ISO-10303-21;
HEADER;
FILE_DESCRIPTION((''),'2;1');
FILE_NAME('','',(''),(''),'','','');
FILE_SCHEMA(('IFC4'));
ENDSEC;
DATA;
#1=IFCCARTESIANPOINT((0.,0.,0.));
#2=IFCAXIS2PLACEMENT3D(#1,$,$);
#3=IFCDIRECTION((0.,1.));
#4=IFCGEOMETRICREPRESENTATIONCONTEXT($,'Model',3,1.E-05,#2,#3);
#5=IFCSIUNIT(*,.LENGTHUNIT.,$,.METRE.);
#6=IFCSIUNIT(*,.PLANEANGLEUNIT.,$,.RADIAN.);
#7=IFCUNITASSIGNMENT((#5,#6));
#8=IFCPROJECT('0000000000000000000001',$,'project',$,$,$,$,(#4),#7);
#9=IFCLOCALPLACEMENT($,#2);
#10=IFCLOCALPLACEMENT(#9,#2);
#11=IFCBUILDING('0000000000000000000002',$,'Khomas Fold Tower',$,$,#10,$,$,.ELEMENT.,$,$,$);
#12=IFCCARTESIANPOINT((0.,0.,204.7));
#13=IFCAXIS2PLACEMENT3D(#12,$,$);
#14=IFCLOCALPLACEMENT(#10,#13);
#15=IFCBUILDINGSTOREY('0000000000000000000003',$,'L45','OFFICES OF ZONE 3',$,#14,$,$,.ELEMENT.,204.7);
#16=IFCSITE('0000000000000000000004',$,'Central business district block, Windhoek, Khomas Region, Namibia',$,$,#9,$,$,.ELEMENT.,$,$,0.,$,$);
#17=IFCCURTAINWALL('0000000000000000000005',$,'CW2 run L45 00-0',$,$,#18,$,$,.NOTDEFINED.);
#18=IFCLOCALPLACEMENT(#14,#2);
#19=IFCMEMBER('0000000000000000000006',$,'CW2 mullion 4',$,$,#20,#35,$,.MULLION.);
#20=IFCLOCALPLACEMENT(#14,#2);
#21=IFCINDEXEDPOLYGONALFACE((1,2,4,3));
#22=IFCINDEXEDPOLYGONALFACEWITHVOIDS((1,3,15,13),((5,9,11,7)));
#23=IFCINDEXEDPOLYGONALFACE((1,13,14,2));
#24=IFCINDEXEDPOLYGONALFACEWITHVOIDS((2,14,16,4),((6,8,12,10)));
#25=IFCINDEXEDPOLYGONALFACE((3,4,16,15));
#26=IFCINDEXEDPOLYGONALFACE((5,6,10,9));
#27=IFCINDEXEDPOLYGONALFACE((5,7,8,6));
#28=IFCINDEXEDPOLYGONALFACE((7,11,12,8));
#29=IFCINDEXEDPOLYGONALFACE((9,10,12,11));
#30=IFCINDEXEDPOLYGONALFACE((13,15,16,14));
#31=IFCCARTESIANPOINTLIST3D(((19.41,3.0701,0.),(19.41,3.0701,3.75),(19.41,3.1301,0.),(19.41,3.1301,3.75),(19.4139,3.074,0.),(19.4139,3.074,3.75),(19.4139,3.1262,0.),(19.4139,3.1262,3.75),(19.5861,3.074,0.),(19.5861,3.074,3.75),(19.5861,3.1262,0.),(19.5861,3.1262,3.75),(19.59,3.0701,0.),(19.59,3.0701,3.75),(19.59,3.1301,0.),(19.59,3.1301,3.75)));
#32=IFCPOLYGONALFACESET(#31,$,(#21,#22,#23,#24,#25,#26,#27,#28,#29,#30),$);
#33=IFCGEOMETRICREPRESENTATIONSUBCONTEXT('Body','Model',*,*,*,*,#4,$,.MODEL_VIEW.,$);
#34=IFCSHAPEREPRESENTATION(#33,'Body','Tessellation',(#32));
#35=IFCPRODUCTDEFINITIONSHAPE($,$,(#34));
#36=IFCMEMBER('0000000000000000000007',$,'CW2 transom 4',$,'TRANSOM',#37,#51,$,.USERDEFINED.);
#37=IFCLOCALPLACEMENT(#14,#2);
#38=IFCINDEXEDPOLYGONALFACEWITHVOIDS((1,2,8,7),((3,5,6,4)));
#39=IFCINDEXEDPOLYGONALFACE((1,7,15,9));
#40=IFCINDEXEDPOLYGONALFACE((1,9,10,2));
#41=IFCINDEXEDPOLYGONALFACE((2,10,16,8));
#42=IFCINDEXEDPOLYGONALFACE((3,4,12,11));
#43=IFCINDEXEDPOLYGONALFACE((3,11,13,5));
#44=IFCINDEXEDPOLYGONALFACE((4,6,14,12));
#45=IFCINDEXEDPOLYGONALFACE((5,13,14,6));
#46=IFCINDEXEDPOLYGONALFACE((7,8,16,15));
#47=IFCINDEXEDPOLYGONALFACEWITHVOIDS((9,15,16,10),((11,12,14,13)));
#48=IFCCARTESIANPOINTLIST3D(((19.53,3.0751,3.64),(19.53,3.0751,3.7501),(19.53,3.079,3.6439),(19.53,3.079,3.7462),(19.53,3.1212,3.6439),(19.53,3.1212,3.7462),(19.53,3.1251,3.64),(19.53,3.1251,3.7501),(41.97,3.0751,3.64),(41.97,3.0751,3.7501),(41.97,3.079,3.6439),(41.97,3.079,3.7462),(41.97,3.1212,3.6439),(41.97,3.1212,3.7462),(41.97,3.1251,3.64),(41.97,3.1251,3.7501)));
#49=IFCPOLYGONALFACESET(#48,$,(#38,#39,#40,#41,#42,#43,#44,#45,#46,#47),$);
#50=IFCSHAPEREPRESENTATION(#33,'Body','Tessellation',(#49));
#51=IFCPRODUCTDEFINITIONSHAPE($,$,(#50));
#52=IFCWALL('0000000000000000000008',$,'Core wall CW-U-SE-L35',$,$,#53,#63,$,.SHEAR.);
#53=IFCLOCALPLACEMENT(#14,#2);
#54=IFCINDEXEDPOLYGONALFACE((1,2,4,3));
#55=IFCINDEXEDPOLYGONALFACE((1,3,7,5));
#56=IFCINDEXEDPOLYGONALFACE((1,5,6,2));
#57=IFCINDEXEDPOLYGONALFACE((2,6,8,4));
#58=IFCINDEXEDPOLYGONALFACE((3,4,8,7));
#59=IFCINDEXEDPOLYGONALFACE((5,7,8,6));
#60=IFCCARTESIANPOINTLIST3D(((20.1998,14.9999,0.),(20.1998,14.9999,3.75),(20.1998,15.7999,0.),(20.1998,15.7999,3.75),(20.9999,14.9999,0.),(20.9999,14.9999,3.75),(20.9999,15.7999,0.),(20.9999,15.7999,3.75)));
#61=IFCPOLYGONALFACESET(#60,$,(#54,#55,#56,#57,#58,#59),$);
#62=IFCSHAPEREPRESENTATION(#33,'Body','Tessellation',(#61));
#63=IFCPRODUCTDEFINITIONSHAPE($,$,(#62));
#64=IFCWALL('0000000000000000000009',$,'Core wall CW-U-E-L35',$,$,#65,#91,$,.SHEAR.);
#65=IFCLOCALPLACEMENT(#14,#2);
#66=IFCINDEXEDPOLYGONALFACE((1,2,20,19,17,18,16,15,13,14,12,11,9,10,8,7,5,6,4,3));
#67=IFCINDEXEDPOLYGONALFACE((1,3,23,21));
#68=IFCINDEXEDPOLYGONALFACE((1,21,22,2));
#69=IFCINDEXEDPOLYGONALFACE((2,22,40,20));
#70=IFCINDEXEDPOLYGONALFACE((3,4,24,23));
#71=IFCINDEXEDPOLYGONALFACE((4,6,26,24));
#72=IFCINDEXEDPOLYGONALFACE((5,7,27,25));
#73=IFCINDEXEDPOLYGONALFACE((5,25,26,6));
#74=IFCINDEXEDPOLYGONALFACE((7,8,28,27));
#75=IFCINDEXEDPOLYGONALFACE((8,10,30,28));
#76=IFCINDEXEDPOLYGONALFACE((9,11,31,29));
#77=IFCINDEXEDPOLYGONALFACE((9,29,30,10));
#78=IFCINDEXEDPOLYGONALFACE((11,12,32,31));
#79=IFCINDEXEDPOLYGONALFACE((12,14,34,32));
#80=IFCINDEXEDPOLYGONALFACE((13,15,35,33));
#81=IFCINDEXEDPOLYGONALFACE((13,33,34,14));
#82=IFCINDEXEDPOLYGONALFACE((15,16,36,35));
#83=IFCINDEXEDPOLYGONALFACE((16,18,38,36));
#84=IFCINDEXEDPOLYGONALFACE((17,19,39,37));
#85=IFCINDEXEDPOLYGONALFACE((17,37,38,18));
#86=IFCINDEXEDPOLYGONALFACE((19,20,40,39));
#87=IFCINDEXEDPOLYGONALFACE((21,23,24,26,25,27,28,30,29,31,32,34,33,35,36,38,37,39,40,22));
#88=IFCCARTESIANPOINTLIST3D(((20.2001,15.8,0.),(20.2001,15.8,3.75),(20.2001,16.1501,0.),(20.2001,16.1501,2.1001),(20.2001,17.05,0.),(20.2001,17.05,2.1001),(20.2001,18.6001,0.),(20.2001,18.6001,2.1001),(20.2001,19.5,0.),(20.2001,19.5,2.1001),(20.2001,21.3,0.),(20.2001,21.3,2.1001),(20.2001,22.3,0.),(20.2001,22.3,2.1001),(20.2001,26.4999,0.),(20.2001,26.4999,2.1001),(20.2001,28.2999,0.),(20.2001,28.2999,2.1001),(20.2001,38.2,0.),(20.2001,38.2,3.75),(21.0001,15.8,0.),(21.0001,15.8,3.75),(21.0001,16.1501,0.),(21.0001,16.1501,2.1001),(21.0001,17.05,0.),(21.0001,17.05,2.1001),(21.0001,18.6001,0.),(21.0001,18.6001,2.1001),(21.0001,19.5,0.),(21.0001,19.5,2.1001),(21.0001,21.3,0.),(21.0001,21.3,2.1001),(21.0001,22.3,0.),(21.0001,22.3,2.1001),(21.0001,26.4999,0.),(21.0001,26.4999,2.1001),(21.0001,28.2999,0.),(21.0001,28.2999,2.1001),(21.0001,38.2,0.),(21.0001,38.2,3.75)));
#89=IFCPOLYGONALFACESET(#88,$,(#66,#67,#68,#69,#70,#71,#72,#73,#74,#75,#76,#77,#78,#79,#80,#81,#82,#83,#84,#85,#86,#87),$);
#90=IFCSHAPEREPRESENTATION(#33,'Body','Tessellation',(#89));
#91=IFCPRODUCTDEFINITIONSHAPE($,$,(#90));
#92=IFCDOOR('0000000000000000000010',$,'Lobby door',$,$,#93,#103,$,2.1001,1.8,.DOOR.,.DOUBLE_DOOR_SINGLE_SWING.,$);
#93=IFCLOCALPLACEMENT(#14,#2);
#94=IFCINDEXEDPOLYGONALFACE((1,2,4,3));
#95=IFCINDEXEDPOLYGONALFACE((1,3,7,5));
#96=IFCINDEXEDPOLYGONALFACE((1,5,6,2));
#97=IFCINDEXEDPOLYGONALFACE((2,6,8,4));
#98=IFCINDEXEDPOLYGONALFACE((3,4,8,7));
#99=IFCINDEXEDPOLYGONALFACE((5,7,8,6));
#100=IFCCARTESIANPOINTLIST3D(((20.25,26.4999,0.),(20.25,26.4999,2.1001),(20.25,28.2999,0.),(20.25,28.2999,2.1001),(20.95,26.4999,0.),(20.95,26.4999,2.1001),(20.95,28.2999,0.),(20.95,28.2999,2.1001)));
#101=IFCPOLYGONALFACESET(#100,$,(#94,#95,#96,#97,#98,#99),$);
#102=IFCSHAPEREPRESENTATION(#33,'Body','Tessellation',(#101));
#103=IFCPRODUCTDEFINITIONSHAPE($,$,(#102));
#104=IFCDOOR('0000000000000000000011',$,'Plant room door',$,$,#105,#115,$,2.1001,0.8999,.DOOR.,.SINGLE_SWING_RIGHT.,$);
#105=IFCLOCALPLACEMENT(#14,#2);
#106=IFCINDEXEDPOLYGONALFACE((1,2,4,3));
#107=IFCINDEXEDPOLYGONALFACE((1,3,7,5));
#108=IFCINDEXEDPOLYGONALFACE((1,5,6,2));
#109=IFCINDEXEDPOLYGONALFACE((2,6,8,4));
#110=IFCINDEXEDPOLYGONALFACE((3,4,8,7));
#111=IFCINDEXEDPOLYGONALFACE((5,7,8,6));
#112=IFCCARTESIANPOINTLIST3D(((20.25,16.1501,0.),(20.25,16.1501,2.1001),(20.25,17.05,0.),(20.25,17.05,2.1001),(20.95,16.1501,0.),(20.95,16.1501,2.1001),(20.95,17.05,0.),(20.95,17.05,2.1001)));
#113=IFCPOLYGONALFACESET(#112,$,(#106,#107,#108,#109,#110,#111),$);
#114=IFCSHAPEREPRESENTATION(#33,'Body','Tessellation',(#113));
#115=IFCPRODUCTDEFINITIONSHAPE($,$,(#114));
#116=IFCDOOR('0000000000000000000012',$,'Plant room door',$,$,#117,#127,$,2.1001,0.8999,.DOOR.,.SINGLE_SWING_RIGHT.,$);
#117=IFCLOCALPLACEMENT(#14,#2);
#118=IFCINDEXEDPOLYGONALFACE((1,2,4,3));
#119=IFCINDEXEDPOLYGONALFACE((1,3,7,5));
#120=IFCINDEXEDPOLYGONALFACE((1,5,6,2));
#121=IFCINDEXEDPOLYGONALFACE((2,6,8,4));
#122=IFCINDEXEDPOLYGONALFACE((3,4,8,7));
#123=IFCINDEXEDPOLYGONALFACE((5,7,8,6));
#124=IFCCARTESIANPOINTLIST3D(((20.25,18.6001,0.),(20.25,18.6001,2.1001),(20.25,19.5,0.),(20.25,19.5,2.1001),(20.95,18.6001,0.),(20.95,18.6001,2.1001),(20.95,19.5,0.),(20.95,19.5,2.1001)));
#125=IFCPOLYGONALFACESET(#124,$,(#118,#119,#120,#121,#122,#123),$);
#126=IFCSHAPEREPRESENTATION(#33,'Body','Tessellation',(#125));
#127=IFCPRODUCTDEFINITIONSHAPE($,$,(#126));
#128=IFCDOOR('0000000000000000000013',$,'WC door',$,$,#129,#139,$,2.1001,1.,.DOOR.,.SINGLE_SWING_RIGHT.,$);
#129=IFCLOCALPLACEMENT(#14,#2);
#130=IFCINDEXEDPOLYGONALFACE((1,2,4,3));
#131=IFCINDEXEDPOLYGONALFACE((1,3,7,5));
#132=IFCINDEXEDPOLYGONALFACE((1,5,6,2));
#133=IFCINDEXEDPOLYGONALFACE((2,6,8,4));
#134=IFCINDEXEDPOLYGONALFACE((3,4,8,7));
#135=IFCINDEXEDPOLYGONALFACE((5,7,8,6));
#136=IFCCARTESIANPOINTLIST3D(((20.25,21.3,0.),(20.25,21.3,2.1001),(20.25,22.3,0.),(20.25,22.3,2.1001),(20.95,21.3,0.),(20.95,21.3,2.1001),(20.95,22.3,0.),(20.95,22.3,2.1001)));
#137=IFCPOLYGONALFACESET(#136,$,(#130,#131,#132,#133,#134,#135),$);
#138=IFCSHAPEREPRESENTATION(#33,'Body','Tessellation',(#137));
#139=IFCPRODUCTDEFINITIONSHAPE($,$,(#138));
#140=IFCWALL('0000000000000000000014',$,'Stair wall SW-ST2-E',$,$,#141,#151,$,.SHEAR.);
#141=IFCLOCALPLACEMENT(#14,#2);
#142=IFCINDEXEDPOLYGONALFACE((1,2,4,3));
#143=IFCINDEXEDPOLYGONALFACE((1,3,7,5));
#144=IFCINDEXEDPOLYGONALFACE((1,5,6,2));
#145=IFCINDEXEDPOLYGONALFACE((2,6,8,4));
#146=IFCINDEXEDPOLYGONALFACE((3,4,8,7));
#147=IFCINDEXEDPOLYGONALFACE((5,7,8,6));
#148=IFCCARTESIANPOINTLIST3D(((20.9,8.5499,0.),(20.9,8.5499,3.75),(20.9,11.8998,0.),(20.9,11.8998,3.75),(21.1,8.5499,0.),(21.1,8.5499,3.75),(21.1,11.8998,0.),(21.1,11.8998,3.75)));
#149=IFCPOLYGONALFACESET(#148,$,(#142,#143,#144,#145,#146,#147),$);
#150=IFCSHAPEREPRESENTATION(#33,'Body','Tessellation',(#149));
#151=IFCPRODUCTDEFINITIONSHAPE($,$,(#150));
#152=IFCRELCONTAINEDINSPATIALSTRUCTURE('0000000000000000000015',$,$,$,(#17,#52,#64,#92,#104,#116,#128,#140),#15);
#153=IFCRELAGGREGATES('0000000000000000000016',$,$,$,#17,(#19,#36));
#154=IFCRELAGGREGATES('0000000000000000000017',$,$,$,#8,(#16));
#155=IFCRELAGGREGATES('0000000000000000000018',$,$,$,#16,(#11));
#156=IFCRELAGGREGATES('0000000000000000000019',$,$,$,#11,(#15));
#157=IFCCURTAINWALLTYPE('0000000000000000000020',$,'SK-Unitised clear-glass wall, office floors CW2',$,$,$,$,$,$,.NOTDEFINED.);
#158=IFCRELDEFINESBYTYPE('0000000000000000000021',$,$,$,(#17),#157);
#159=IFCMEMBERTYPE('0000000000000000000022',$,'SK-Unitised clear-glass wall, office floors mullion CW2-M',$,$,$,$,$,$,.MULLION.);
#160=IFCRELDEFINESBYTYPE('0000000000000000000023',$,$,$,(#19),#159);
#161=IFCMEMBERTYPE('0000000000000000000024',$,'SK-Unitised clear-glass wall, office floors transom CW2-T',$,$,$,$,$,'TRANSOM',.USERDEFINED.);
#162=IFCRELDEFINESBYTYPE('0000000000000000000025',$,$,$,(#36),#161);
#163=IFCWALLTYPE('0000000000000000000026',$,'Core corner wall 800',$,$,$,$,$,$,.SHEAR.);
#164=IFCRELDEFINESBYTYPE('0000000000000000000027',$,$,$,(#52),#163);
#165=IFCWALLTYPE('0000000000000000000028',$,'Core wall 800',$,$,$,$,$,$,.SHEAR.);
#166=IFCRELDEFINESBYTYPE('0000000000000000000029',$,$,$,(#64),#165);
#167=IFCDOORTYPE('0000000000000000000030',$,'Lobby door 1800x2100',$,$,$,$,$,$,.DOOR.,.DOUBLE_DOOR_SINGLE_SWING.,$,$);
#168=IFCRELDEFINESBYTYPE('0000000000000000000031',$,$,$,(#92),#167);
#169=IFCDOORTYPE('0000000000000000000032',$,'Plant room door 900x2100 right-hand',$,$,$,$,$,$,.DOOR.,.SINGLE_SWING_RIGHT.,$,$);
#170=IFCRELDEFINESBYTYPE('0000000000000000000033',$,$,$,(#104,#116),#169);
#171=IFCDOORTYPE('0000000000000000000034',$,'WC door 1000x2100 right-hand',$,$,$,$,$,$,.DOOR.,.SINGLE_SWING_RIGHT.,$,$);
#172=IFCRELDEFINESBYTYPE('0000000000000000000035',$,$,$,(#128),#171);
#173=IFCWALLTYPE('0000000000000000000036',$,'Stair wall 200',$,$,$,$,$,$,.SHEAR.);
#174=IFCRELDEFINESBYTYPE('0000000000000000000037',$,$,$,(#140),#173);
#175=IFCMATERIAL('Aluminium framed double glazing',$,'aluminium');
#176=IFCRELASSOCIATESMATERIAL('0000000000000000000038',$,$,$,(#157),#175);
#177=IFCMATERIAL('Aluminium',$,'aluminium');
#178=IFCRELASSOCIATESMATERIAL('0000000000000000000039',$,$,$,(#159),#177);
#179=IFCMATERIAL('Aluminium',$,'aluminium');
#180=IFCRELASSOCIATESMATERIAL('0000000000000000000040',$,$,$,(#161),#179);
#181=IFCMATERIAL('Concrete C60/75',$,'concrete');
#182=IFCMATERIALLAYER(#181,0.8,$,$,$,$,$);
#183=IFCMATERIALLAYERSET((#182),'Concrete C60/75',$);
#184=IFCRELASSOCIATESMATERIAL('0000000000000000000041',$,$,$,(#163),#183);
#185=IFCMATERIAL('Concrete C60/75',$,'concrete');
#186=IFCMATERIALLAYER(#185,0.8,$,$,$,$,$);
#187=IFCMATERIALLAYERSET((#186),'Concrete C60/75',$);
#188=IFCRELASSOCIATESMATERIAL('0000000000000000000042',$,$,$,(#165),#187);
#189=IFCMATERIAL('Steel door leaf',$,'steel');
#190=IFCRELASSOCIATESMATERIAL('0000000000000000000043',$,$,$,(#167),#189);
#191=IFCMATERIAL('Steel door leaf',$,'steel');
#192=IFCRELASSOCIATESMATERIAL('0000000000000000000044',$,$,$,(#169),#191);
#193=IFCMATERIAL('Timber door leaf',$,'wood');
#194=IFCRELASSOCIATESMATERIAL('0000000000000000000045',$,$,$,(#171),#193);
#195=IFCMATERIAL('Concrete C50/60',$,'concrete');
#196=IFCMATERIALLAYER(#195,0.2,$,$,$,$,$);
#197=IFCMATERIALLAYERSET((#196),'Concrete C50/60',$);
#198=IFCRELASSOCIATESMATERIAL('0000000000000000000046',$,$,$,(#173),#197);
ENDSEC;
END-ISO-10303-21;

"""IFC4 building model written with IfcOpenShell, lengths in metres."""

from ifc_helpers import new_model, si_unit, direction, frame, frame_2d, origin, origin_2d, place, context, subcontext, project, spatial, rectangle, hollow_rectangle, extrude, source, transform, mapped, material, layer, layer_set, material_profile, profile_set, type_object, element, fill, aggregate, save


model = new_model("IFC4")

# Units and contexts
model_context = context("Model", 3, precision=1e-05, world=origin(), true_north=direction((0.0, 1.0)))
body_context = subcontext(model_context, "Body", "Model", "MODEL_VIEW")
ifc_project = project(units=[si_unit("LENGTHUNIT", "METRE"), si_unit("PLANEANGLEUNIT", "RADIAN")], contexts=[model_context])

# Site, building, storey
site_placement = place(None, origin())
site = spatial("IfcSite", under=ifc_project, at=site_placement, Name="Central business district block, Windhoek, Khomas Region, Namibia", CompositionType="ELEMENT", RefElevation=0.0)
building_placement = place(site_placement, origin())
building = spatial("IfcBuilding", under=site, at=building_placement, Name="Khomas Fold Tower", CompositionType="ELEMENT")
storey_placement = place(building_placement, frame((0.0, 0.0, 204.7)))
storey = spatial("IfcBuildingStorey", under=building, at=storey_placement, Name="L45", Description="OFFICES OF ZONE 3", CompositionType="ELEMENT", Elevation=204.7)

# Curtain wall, members
ifc_material_1 = material(Name="Aluminium framed double glazing", Category="aluminium")
curtain_wall_type = type_object("IfcCurtainWallType", Name="SK-Unitised clear-glass wall, office floors CW2", PredefinedType="NOTDEFINED", material=ifc_material_1)
curtain_wall_placement = place(storey_placement, origin())
curtain_wall = element("IfcCurtainWall", 1, at=curtain_wall_placement, inside=storey, type_object=curtain_wall_type, Name="CW2 run L45 00-0", PredefinedType="NOTDEFINED")
ifc_material_2 = material(Name="Aluminium", Category="aluminium")
ifc_material_profile_1 = material_profile(ifc_material_2, hollow_rectangle(XDim=0.0601, YDim=0.1799, WallThickness=0.0039, at=origin_2d()), Name="SK-Unitised clear-glass wall, office floors mullion CW2-M")
ifc_profile_set_1 = profile_set([ifc_material_profile_1], Name="Aluminium")
member_type_1 = type_object("IfcMemberType", Name="SK-Unitised clear-glass wall, office floors mullion CW2-M", PredefinedType="MULLION", material=ifc_profile_set_1)
shared_shape_1 = source(origin(), body_context, "Body", "SweptSolid", [
    extrude(hollow_rectangle(XDim=0.0601, YDim=0.1799, WallThickness=0.0039, at=origin_2d()), origin(), (0.0, 0.0, 1.0), 3.75),
])
member_1_placement = place(storey_placement, frame((19.5, 3.1001, 0.0), z_axis=(0.0, 0.0, 1.0), x_axis=(0.0, 1.0, 0.0)))
member_1 = element("IfcMember", 2, at=member_1_placement, type_object=member_type_1, Name="CW2 mullion 4", PredefinedType="MULLION", context=body_context, shape_type="MappedRepresentation", body=[
    mapped(shared_shape_1, transform((0.0, 0.0, 0.0))),
])
ifc_material_3 = material(Name="Aluminium", Category="aluminium")
ifc_material_profile_2 = material_profile(ifc_material_3, hollow_rectangle(XDim=0.05, YDim=0.1101, WallThickness=0.0039, at=origin_2d()), Name="SK-Unitised clear-glass wall, office floors transom CW2-T")
ifc_profile_set_2 = profile_set([ifc_material_profile_2], Name="Aluminium")
member_type_2 = type_object("IfcMemberType", Name="SK-Unitised clear-glass wall, office floors transom CW2-T", ElementType="TRANSOM", PredefinedType="USERDEFINED", material=ifc_profile_set_2)
shared_shape_2 = source(origin(), body_context, "Body", "SweptSolid", [
    extrude(hollow_rectangle(XDim=0.05, YDim=0.1101, WallThickness=0.0039, at=origin_2d()), origin(), (0.0, 0.0, 1.0), 22.4399),
])
member_2_placement = place(storey_placement, frame((19.53, 3.1001, 3.6951), z_axis=(1.0, 0.0, 0.0), x_axis=(0.0, 1.0, 0.0)))
member_2 = element("IfcMember", 3, at=member_2_placement, type_object=member_type_2, Name="CW2 transom 4", ObjectType="TRANSOM", PredefinedType="USERDEFINED", context=body_context, shape_type="MappedRepresentation", body=[
    mapped(shared_shape_2, transform((0.0, 0.0, 0.0))),
])
aggregate(curtain_wall, [member_1, member_2])

# Wall
ifc_material_4 = material(Name="Concrete C60/75", Category="concrete")
ifc_layer_1 = layer(ifc_material_4, 0.8)
ifc_layer_set_1 = layer_set([ifc_layer_1], Name="Concrete C60/75")
wall_type_1 = type_object("IfcWallType", Name="Core corner wall 800", PredefinedType="SHEAR", material=ifc_layer_set_1)
shared_shape_3 = source(origin(), body_context, "Body", "SweptSolid", [
    extrude(rectangle(XDim=0.8, YDim=0.8, at=frame_2d((0.3999, 0.0))), origin(), (0.0, 0.0, 1.0), 3.75),
])
wall_1_placement = place(storey_placement, frame((20.2, 15.3999, 0.0), z_axis=(0.0, 0.0, 1.0), x_axis=(1.0, 0.0, 0.0)))
element("IfcWall", 4, at=wall_1_placement, inside=storey, type_object=wall_type_1, Name="Core wall CW-U-SE-L35", PredefinedType="SHEAR", context=body_context, shape_type="MappedRepresentation", body=[
    mapped(shared_shape_3, transform((0.0, 0.0, 0.0))),
])

# Wall, openings, doors
ifc_material_5 = material(Name="Concrete C60/75", Category="concrete")
ifc_layer_2 = layer(ifc_material_5, 0.8)
ifc_layer_set_2 = layer_set([ifc_layer_2], Name="Concrete C60/75")
wall_type_2 = type_object("IfcWallType", Name="Core wall 800", PredefinedType="SHEAR", material=ifc_layer_set_2)
shared_shape_4 = source(origin(), body_context, "Body", "SweptSolid", [
    extrude(rectangle(XDim=22.3999, YDim=0.8, at=frame_2d((11.2, 0.0))), origin(), (0.0, 0.0, 1.0), 3.75),
])
wall_2_placement = place(storey_placement, frame((20.6001, 15.8, 0.0), z_axis=(0.0, 0.0, 1.0), x_axis=(0.0, 1.0, 0.0)))
wall_2 = element("IfcWall", 5, at=wall_2_placement, inside=storey, type_object=wall_type_2, Name="Core wall CW-U-E-L35", PredefinedType="SHEAR", context=body_context, shape_type="MappedRepresentation", body=[
    mapped(shared_shape_4, transform((0.0, 0.0, 0.0))),
])
shared_shape_5 = source(origin(), body_context, "Body", "SweptSolid", [
    extrude(rectangle(XDim=1.8, YDim=2.1001, at=frame_2d((0.8999, 1.05))), frame((0.0, 0.4099, 0.0), z_axis=(0.0, -1.0, 0.0), x_axis=(1.0, 0.0, 0.0)), (0.0, 0.0, 1.0), 0.8201),
])
opening_1_placement = place(wall_2_placement, frame((10.7, 0.0, 0.0)))
opening_1 = element("IfcOpeningElement", 6, at=opening_1_placement, cuts=wall_2, PredefinedType="OPENING", context=body_context, shape_type="MappedRepresentation", body=[
    mapped(shared_shape_5, transform((0.0, 0.0, 0.0))),
])
shared_shape_6 = source(origin(), body_context, "Body", "SweptSolid", [
    extrude(rectangle(XDim=0.8999, YDim=2.1001, at=frame_2d((0.45, 1.05))), frame((0.0, 0.4099, 0.0), z_axis=(0.0, -1.0, 0.0), x_axis=(1.0, 0.0, 0.0)), (0.0, 0.0, 1.0), 0.8201),
])
opening_2_placement = place(wall_2_placement, frame((0.3501, 0.0, 0.0)))
opening_2 = element("IfcOpeningElement", 7, at=opening_2_placement, cuts=wall_2, PredefinedType="OPENING", context=body_context, shape_type="MappedRepresentation", body=[
    mapped(shared_shape_6, transform((0.0, 0.0, 0.0))),
])
opening_3_placement = place(wall_2_placement, frame((2.8, 0.0, 0.0)))
opening_3 = element("IfcOpeningElement", 8, at=opening_3_placement, cuts=wall_2, PredefinedType="OPENING", context=body_context, shape_type="MappedRepresentation", body=[
    mapped(shared_shape_6, transform((0.0, 0.0, 0.0))),
])
shared_shape_7 = source(origin(), body_context, "Body", "SweptSolid", [
    extrude(rectangle(XDim=1.0, YDim=2.1001, at=frame_2d((0.5, 1.05))), frame((0.0, 0.4099, 0.0), z_axis=(0.0, -1.0, 0.0), x_axis=(1.0, 0.0, 0.0)), (0.0, 0.0, 1.0), 0.8201),
])
opening_4_placement = place(wall_2_placement, frame((5.5, 0.0, 0.0)))
opening_4 = element("IfcOpeningElement", 9, at=opening_4_placement, cuts=wall_2, PredefinedType="OPENING", context=body_context, shape_type="MappedRepresentation", body=[
    mapped(shared_shape_7, transform((0.0, 0.0, 0.0))),
])
ifc_material_6 = material(Name="Steel door leaf", Category="steel")
door_type_1 = type_object("IfcDoorType", Name="Lobby door 1800x2100", OperationType="DOUBLE_DOOR_SINGLE_SWING", PredefinedType="DOOR", material=ifc_material_6)
shared_shape_8 = source(origin(), body_context, "Body", "SweptSolid", [
    extrude(rectangle(XDim=1.8, YDim=2.1001, at=frame_2d((0.8999, 1.05))), frame((0.0, 0.3501, 0.0), z_axis=(0.0, -1.0, 0.0), x_axis=(1.0, 0.0, 0.0)), (0.0, 0.0, 1.0), 0.7),
])
door_1_placement = place(opening_1_placement, origin())
door_1 = element("IfcDoor", 10, at=door_1_placement, inside=storey, type_object=door_type_1, Name="Lobby door", OperationType="DOUBLE_DOOR_SINGLE_SWING", OverallHeight=2.1001, OverallWidth=1.8, PredefinedType="DOOR", context=body_context, shape_type="MappedRepresentation", body=[
    mapped(shared_shape_8, transform((0.0, 0.0, 0.0))),
])
fill(opening_1, door_1)
ifc_material_7 = material(Name="Steel door leaf", Category="steel")
door_type_2 = type_object("IfcDoorType", Name="Plant room door 900x2100 right-hand", OperationType="SINGLE_SWING_RIGHT", PredefinedType="DOOR", material=ifc_material_7)
shared_shape_9 = source(origin(), body_context, "Body", "SweptSolid", [
    extrude(rectangle(XDim=0.8999, YDim=2.1001, at=frame_2d((0.45, 1.05))), frame((0.0, 0.3501, 0.0), z_axis=(0.0, -1.0, 0.0), x_axis=(1.0, 0.0, 0.0)), (0.0, 0.0, 1.0), 0.7),
])
door_2_placement = place(opening_2_placement, origin())
door_2 = element("IfcDoor", 11, at=door_2_placement, inside=storey, type_object=door_type_2, Name="Plant room door", OperationType="SINGLE_SWING_RIGHT", OverallHeight=2.1001, OverallWidth=0.8999, PredefinedType="DOOR", context=body_context, shape_type="MappedRepresentation", body=[
    mapped(shared_shape_9, transform((0.0, 0.0, 0.0))),
])
fill(opening_2, door_2)
door_3_placement = place(opening_3_placement, origin())
door_3 = element("IfcDoor", 12, at=door_3_placement, inside=storey, type_object=door_type_2, Name="Plant room door", OperationType="SINGLE_SWING_RIGHT", OverallHeight=2.1001, OverallWidth=0.8999, PredefinedType="DOOR", context=body_context, shape_type="MappedRepresentation", body=[
    mapped(shared_shape_9, transform((0.0, 0.0, 0.0))),
])
fill(opening_3, door_3)
ifc_material_8 = material(Name="Timber door leaf", Category="wood")
door_type_3 = type_object("IfcDoorType", Name="WC door 1000x2100 right-hand", OperationType="SINGLE_SWING_RIGHT", PredefinedType="DOOR", material=ifc_material_8)
shared_shape_10 = source(origin(), body_context, "Body", "SweptSolid", [
    extrude(rectangle(XDim=1.0, YDim=2.1001, at=frame_2d((0.5, 1.05))), frame((0.0, 0.3501, 0.0), z_axis=(0.0, -1.0, 0.0), x_axis=(1.0, 0.0, 0.0)), (0.0, 0.0, 1.0), 0.7),
])
door_4_placement = place(opening_4_placement, origin())
door_4 = element("IfcDoor", 13, at=door_4_placement, inside=storey, type_object=door_type_3, Name="WC door", OperationType="SINGLE_SWING_RIGHT", OverallHeight=2.1001, OverallWidth=1.0, PredefinedType="DOOR", context=body_context, shape_type="MappedRepresentation", body=[
    mapped(shared_shape_10, transform((0.0, 0.0, 0.0))),
])
fill(opening_4, door_4)

# Wall
ifc_material_9 = material(Name="Concrete C50/60", Category="concrete")
ifc_layer_3 = layer(ifc_material_9, 0.2)
ifc_layer_set_3 = layer_set([ifc_layer_3], Name="Concrete C50/60")
wall_type_3 = type_object("IfcWallType", Name="Stair wall 200", PredefinedType="SHEAR", material=ifc_layer_set_3)
shared_shape_11 = source(origin(), body_context, "Body", "SweptSolid", [
    extrude(rectangle(XDim=3.3499, YDim=0.2, at=frame_2d((1.6748, 0.0))), origin(), (0.0, 0.0, 1.0), 3.75),
])
wall_3_placement = place(storey_placement, frame((21.0, 8.55, 0.0), z_axis=(0.0, 0.0, 1.0), x_axis=(0.0, 1.0, 0.0)))
element("IfcWall", 14, at=wall_3_placement, inside=storey, type_object=wall_type_3, Name="Stair wall SW-ST2-E", PredefinedType="SHEAR", context=body_context, shape_type="MappedRepresentation", body=[
    mapped(shared_shape_11, transform((0.0, 0.0, 0.0))),
])

save(model, "model.ifc")
